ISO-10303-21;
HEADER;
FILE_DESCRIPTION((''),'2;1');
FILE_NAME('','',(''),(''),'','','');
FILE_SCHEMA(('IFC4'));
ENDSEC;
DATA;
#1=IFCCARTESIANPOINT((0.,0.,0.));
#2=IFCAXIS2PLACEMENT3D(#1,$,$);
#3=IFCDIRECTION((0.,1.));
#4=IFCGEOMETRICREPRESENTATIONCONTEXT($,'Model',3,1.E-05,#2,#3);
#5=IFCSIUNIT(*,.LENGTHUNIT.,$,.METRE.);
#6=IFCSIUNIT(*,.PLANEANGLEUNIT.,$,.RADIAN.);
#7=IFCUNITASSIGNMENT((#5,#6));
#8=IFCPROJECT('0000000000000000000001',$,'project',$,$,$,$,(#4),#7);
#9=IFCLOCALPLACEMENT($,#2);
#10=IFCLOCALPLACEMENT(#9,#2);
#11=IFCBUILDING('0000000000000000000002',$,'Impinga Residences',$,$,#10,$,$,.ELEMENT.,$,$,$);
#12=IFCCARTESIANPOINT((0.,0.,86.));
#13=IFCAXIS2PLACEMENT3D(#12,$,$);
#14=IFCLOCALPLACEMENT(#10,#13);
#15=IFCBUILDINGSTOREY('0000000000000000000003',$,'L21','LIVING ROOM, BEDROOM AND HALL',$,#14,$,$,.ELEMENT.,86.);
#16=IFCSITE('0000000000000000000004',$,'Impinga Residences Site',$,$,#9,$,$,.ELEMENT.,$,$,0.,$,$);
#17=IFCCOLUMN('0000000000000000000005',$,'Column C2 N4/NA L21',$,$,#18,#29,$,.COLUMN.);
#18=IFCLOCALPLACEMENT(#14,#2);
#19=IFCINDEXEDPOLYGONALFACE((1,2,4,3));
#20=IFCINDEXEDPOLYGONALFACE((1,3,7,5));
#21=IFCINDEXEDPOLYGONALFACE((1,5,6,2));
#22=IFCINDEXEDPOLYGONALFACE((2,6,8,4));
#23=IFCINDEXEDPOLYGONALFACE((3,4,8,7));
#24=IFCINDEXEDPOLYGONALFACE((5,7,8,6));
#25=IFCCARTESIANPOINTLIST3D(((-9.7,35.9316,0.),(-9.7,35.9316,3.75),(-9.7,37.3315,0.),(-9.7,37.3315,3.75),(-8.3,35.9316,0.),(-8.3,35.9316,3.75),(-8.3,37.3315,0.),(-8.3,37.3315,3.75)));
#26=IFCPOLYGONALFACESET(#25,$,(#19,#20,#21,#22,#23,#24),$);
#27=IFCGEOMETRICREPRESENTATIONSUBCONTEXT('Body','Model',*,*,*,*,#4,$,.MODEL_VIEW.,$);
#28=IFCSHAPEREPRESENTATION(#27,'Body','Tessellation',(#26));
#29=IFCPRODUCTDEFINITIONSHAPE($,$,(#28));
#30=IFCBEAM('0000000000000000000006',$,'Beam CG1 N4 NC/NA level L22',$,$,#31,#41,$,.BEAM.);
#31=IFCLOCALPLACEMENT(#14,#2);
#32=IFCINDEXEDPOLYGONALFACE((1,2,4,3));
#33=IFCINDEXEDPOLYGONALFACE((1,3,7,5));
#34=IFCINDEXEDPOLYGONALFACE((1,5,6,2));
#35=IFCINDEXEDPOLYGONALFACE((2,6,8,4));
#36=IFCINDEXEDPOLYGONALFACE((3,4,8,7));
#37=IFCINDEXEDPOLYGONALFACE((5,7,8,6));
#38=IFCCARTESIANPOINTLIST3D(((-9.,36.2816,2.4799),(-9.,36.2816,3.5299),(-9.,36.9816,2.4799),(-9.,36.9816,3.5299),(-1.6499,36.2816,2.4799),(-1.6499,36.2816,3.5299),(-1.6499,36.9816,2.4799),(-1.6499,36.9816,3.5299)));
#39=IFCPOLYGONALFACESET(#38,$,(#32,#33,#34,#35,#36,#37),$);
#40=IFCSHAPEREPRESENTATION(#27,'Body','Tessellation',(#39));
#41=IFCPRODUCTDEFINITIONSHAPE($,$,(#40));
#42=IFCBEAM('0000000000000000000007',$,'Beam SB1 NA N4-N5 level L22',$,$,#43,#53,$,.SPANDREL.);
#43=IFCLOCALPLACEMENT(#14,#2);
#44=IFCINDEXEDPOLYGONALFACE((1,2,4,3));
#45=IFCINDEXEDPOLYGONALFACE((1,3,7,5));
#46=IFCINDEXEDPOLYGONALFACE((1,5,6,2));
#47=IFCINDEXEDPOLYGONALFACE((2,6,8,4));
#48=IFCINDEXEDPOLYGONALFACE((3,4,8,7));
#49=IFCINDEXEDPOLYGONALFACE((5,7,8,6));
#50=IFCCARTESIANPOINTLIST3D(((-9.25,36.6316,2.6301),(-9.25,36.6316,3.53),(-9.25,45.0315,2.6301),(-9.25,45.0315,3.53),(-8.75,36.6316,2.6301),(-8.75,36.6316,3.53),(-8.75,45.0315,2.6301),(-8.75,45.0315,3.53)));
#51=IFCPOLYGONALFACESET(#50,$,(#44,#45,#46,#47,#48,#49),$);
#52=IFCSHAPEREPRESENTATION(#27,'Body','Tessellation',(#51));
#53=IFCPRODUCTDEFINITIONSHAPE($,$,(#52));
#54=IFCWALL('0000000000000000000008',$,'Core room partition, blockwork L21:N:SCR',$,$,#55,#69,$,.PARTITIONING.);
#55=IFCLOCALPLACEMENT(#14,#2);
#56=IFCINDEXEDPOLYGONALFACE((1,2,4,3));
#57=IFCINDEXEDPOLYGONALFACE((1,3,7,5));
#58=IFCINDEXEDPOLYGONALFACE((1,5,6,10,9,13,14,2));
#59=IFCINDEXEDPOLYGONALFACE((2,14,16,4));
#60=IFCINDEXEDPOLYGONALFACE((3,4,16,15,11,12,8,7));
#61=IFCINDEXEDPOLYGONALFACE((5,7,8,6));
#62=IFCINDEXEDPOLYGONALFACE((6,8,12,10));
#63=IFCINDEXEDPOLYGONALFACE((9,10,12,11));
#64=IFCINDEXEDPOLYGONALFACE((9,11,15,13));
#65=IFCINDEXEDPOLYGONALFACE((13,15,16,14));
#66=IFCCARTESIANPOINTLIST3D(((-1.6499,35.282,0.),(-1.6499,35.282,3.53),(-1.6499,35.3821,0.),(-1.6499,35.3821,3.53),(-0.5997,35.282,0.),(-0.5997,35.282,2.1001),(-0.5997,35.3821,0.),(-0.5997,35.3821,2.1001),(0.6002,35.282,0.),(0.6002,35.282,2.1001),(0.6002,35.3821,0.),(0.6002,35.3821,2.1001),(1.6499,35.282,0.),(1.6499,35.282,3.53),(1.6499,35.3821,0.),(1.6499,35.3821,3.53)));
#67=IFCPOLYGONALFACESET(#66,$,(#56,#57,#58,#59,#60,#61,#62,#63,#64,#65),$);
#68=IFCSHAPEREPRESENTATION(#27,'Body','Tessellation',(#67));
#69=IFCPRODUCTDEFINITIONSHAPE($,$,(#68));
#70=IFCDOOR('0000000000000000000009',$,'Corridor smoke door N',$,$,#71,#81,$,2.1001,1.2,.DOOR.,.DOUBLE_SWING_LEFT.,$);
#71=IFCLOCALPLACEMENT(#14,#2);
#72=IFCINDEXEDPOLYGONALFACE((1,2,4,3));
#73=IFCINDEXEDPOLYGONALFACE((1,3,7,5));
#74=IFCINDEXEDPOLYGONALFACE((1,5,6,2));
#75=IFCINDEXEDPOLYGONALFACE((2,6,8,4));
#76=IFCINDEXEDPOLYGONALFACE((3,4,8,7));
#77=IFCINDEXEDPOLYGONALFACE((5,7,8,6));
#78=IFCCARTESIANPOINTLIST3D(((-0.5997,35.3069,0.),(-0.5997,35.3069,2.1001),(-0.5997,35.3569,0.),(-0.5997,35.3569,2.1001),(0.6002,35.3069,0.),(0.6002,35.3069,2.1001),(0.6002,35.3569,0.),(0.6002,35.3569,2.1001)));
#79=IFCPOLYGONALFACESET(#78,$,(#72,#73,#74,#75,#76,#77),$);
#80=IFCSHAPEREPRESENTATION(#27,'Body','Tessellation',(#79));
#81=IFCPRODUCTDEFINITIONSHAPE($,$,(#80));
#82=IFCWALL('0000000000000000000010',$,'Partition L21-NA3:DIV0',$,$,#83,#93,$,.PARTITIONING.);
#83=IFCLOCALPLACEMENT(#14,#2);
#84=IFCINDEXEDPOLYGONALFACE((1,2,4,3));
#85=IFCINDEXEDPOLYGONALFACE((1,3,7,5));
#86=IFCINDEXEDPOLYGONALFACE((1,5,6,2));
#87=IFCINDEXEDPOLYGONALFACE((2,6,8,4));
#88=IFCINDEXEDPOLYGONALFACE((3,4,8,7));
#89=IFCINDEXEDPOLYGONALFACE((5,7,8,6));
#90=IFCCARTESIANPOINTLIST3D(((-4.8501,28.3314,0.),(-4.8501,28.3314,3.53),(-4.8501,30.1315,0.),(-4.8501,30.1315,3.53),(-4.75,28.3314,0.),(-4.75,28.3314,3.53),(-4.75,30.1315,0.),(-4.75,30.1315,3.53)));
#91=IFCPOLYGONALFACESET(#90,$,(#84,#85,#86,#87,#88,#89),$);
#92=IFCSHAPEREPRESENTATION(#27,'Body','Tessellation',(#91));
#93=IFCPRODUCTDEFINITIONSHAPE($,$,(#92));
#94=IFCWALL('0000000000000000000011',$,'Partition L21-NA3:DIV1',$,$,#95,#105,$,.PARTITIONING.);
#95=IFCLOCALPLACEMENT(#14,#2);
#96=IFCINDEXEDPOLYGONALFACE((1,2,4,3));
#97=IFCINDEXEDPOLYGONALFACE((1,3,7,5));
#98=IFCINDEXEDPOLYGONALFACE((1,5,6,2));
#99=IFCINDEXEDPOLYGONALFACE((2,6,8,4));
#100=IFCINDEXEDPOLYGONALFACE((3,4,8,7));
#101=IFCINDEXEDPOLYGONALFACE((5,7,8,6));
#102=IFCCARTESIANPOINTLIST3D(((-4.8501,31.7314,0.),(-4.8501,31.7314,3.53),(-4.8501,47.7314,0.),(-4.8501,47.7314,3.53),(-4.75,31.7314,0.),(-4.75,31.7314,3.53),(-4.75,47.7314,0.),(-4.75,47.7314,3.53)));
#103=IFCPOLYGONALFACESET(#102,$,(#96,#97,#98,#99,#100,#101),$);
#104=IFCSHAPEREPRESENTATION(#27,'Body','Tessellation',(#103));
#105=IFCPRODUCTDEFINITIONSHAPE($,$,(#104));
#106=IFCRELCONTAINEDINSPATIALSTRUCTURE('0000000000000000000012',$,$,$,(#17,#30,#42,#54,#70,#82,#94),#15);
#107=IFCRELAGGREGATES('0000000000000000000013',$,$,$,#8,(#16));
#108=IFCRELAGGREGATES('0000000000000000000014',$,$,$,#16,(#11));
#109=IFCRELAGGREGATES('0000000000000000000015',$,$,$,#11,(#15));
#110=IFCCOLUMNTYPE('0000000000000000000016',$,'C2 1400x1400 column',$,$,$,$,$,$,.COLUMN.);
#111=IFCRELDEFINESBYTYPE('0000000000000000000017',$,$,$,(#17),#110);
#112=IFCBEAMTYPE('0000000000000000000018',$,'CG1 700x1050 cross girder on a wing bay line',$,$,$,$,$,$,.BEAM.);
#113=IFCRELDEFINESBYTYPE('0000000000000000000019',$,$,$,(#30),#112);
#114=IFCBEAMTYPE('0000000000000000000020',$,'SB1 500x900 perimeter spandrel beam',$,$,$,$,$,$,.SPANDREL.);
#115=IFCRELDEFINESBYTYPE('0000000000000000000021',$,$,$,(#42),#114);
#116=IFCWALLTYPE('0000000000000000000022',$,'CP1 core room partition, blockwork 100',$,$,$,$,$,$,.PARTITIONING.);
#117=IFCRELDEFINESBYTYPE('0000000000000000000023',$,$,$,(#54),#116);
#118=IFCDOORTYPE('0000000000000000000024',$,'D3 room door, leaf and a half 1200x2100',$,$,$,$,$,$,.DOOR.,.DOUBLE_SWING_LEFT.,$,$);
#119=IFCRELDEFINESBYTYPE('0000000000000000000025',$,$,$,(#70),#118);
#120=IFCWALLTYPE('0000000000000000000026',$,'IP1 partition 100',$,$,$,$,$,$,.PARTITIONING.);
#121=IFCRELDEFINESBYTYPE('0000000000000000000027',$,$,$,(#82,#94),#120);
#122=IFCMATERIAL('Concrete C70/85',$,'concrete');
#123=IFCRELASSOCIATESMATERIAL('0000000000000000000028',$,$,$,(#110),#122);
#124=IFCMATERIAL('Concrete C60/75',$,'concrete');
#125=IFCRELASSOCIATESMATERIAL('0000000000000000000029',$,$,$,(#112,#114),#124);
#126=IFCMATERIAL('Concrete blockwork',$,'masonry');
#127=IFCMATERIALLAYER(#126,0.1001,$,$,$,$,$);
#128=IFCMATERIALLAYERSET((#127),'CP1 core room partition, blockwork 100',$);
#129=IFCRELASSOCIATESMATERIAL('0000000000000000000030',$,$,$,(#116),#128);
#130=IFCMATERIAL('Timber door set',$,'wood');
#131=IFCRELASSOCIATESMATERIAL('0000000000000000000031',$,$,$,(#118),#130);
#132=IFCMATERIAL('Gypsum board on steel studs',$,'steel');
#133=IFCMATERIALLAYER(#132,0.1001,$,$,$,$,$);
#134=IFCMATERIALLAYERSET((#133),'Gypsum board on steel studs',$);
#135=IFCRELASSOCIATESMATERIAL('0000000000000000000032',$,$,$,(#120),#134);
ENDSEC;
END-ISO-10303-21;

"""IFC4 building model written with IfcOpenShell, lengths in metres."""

from ifc_helpers import new_model, si_unit, direction, frame, frame_2d, origin, origin_2d, place, context, subcontext, project, spatial, rectangle, extrude, material, layer, layer_set, material_profile, profile_set, type_object, element, fill, save


model = new_model("IFC4")

# Units and contexts
model_context = context("Model", 3, precision=1e-05, world=origin(), true_north=direction((0.0, 1.0)))
body_context = subcontext(model_context, "Body", "Model", "MODEL_VIEW")
ifc_project = project(units=[si_unit("LENGTHUNIT", "METRE"), si_unit("PLANEANGLEUNIT", "RADIAN")], contexts=[model_context])

# Site, building, storey
site_placement = place(None, origin())
site = spatial("IfcSite", under=ifc_project, at=site_placement, Name="Impinga Residences Site", CompositionType="ELEMENT", RefElevation=0.0)
building_placement = place(site_placement, origin())
building = spatial("IfcBuilding", under=site, at=building_placement, Name="Impinga Residences", CompositionType="ELEMENT")
storey_placement = place(building_placement, frame((0.0, 0.0, 86.0)))
storey = spatial("IfcBuildingStorey", under=building, at=storey_placement, Name="L21", Description="LIVING ROOM, BEDROOM AND HALL", CompositionType="ELEMENT", Elevation=86.0)

# Column
ifc_material_1 = material(Name="Concrete C70/85", Category="concrete")
ifc_material_profile_1 = material_profile(ifc_material_1, rectangle(XDim=1.3999, YDim=1.3999, at=origin_2d()), Name="RC 1400x1400")
ifc_profile_set_1 = profile_set([ifc_material_profile_1], Name="Concrete C70/85")
column_type = type_object("IfcColumnType", Name="C2 1400x1400 column", PredefinedType="COLUMN", material=ifc_profile_set_1)
column_placement = place(storey_placement, frame((-9.0, 36.6316, 0.0), z_axis=(0.0, 0.0, 1.0), x_axis=(1.0, 0.0, 0.0)))
element("IfcColumn", 1, at=column_placement, inside=storey, type_object=column_type, Name="Column C2 N4/NA L21", PredefinedType="COLUMN", context=body_context, shape_type="SweptSolid", body=[
    extrude(rectangle(XDim=1.3999, YDim=1.3999, at=origin_2d()), origin(), (0.0, 0.0, 1.0), 3.75),
])

# Beams
ifc_material_2 = material(Name="Concrete C60/75", Category="concrete")
ifc_material_profile_2 = material_profile(ifc_material_2, rectangle(XDim=0.7, YDim=1.05, at=origin_2d()), Name="RC 700x1050")
ifc_profile_set_2 = profile_set([ifc_material_profile_2], Name="Concrete C60/75")
beam_type_1 = type_object("IfcBeamType", Name="CG1 700x1050 cross girder on a wing bay line", PredefinedType="BEAM", material=ifc_profile_set_2)
beam_1_placement = place(storey_placement, frame((-1.6499, 36.6316, 3.0049), z_axis=(-1.0, 0.0, 0.0), x_axis=(0.0, -1.0, 0.0)))
element("IfcBeam", 2, at=beam_1_placement, inside=storey, type_object=beam_type_1, Name="Beam CG1 N4 NC/NA level L22", PredefinedType="BEAM", context=body_context, shape_type="SweptSolid", body=[
    extrude(rectangle(XDim=0.7, YDim=1.05, at=origin_2d()), origin(), (0.0, 0.0, 1.0), 7.3501),
])
ifc_material_profile_3 = material_profile(ifc_material_2, rectangle(XDim=0.5, YDim=0.8999, at=origin_2d()), Name="RC 500x900")
ifc_profile_set_3 = profile_set([ifc_material_profile_3], Name="Concrete C60/75")
beam_type_2 = type_object("IfcBeamType", Name="SB1 500x900 perimeter spandrel beam", PredefinedType="SPANDREL", material=ifc_profile_set_3)
beam_2_placement = place(storey_placement, frame((-9.0, 36.6316, 3.0801), z_axis=(0.0, 1.0, 0.0), x_axis=(-1.0, 0.0, 0.0)))
element("IfcBeam", 3, at=beam_2_placement, inside=storey, type_object=beam_type_2, Name="Beam SB1 NA N4-N5 level L22", PredefinedType="SPANDREL", context=body_context, shape_type="SweptSolid", body=[
    extrude(rectangle(XDim=0.5, YDim=0.8999, at=origin_2d()), origin(), (0.0, 0.0, 1.0), 8.3999),
])

# Wall, opening, door
ifc_material_3 = material(Name="Concrete blockwork", Category="masonry")
ifc_layer_1 = layer(ifc_material_3, 0.1001)
ifc_layer_set_1 = layer_set([ifc_layer_1], Name="CP1 core room partition, blockwork 100")
wall_type_1 = type_object("IfcWallType", Name="CP1 core room partition, blockwork 100", PredefinedType="PARTITIONING", material=ifc_layer_set_1)
wall_1_placement = place(storey_placement, frame((-1.6499, 35.332, 0.0), z_axis=(0.0, 0.0, 1.0), x_axis=(1.0, 0.0, 0.0)))
wall_1 = element("IfcWall", 4, at=wall_1_placement, inside=storey, type_object=wall_type_1, Name="Core room partition, blockwork L21:N:SCR", PredefinedType="PARTITIONING", context=body_context, shape_type="SweptSolid", body=[
    extrude(rectangle(XDim=3.2998, YDim=0.1001, at=frame_2d((1.6499, 0.0))), origin(), (0.0, 0.0, 1.0), 3.53),
])
opening_1_placement = place(wall_1_placement, frame((1.05, 0.0, 0.0)))
opening_1 = element("IfcOpeningElement", 5, at=opening_1_placement, cuts=wall_1, PredefinedType="OPENING", context=body_context, shape_type="SweptSolid", body=[
    extrude(rectangle(XDim=1.2, YDim=2.1001, at=frame_2d((0.6001, 1.05))), frame((0.0, 0.0601, 0.0), z_axis=(0.0, -1.0, 0.0), x_axis=(1.0, 0.0, 0.0)), (0.0, 0.0, 1.0), 0.1201),
])
ifc_material_4 = material(Name="Timber door set", Category="wood")
door_type_1 = type_object("IfcDoorType", Name="D3 room door, leaf and a half 1200x2100", OperationType="DOUBLE_SWING_LEFT", PredefinedType="DOOR", material=ifc_material_4)
door_1_placement = place(opening_1_placement, origin())
door_1 = element("IfcDoor", 6, at=door_1_placement, inside=storey, type_object=door_type_1, Name="Corridor smoke door N", OperationType="DOUBLE_SWING_LEFT", OverallHeight=2.1001, OverallWidth=1.2, PredefinedType="DOOR", context=body_context, shape_type="SweptSolid", body=[
    extrude(rectangle(XDim=1.2, YDim=2.1001, at=frame_2d((0.6001, 1.05))), frame((0.0, 0.0249, 0.0), z_axis=(0.0, -1.0, 0.0), x_axis=(1.0, 0.0, 0.0)), (0.0, 0.0, 1.0), 0.05),
])
fill(opening_1, door_1)

# Walls
ifc_material_5 = material(Name="Gypsum board on steel studs", Category="steel")
ifc_layer_2 = layer(ifc_material_5, 0.1001)
ifc_layer_set_2 = layer_set([ifc_layer_2], Name="Gypsum board on steel studs")
wall_type_2 = type_object("IfcWallType", Name="IP1 partition 100", PredefinedType="PARTITIONING", material=ifc_layer_set_2)
wall_2_placement = place(storey_placement, frame((-4.8, 28.3315, 0.0), z_axis=(0.0, 0.0, 1.0), x_axis=(0.0, 1.0, 0.0)))
element("IfcWall", 7, at=wall_2_placement, inside=storey, type_object=wall_type_2, Name="Partition L21-NA3:DIV0", PredefinedType="PARTITIONING", context=body_context, shape_type="SweptSolid", body=[
    extrude(rectangle(XDim=1.8, YDim=0.1001, at=frame_2d((0.8999, 0.0))), origin(), (0.0, 0.0, 1.0), 3.53),
])
wall_3_placement = place(storey_placement, frame((-4.8, 31.7314, 0.0), z_axis=(0.0, 0.0, 1.0), x_axis=(0.0, 1.0, 0.0)))
element("IfcWall", 8, at=wall_3_placement, inside=storey, type_object=wall_type_2, Name="Partition L21-NA3:DIV1", PredefinedType="PARTITIONING", context=body_context, shape_type="SweptSolid", body=[
    extrude(rectangle(XDim=16.0, YDim=0.1001, at=frame_2d((8.0, 0.0))), origin(), (0.0, 0.0, 1.0), 3.53),
])

save(model, "model.ifc")
